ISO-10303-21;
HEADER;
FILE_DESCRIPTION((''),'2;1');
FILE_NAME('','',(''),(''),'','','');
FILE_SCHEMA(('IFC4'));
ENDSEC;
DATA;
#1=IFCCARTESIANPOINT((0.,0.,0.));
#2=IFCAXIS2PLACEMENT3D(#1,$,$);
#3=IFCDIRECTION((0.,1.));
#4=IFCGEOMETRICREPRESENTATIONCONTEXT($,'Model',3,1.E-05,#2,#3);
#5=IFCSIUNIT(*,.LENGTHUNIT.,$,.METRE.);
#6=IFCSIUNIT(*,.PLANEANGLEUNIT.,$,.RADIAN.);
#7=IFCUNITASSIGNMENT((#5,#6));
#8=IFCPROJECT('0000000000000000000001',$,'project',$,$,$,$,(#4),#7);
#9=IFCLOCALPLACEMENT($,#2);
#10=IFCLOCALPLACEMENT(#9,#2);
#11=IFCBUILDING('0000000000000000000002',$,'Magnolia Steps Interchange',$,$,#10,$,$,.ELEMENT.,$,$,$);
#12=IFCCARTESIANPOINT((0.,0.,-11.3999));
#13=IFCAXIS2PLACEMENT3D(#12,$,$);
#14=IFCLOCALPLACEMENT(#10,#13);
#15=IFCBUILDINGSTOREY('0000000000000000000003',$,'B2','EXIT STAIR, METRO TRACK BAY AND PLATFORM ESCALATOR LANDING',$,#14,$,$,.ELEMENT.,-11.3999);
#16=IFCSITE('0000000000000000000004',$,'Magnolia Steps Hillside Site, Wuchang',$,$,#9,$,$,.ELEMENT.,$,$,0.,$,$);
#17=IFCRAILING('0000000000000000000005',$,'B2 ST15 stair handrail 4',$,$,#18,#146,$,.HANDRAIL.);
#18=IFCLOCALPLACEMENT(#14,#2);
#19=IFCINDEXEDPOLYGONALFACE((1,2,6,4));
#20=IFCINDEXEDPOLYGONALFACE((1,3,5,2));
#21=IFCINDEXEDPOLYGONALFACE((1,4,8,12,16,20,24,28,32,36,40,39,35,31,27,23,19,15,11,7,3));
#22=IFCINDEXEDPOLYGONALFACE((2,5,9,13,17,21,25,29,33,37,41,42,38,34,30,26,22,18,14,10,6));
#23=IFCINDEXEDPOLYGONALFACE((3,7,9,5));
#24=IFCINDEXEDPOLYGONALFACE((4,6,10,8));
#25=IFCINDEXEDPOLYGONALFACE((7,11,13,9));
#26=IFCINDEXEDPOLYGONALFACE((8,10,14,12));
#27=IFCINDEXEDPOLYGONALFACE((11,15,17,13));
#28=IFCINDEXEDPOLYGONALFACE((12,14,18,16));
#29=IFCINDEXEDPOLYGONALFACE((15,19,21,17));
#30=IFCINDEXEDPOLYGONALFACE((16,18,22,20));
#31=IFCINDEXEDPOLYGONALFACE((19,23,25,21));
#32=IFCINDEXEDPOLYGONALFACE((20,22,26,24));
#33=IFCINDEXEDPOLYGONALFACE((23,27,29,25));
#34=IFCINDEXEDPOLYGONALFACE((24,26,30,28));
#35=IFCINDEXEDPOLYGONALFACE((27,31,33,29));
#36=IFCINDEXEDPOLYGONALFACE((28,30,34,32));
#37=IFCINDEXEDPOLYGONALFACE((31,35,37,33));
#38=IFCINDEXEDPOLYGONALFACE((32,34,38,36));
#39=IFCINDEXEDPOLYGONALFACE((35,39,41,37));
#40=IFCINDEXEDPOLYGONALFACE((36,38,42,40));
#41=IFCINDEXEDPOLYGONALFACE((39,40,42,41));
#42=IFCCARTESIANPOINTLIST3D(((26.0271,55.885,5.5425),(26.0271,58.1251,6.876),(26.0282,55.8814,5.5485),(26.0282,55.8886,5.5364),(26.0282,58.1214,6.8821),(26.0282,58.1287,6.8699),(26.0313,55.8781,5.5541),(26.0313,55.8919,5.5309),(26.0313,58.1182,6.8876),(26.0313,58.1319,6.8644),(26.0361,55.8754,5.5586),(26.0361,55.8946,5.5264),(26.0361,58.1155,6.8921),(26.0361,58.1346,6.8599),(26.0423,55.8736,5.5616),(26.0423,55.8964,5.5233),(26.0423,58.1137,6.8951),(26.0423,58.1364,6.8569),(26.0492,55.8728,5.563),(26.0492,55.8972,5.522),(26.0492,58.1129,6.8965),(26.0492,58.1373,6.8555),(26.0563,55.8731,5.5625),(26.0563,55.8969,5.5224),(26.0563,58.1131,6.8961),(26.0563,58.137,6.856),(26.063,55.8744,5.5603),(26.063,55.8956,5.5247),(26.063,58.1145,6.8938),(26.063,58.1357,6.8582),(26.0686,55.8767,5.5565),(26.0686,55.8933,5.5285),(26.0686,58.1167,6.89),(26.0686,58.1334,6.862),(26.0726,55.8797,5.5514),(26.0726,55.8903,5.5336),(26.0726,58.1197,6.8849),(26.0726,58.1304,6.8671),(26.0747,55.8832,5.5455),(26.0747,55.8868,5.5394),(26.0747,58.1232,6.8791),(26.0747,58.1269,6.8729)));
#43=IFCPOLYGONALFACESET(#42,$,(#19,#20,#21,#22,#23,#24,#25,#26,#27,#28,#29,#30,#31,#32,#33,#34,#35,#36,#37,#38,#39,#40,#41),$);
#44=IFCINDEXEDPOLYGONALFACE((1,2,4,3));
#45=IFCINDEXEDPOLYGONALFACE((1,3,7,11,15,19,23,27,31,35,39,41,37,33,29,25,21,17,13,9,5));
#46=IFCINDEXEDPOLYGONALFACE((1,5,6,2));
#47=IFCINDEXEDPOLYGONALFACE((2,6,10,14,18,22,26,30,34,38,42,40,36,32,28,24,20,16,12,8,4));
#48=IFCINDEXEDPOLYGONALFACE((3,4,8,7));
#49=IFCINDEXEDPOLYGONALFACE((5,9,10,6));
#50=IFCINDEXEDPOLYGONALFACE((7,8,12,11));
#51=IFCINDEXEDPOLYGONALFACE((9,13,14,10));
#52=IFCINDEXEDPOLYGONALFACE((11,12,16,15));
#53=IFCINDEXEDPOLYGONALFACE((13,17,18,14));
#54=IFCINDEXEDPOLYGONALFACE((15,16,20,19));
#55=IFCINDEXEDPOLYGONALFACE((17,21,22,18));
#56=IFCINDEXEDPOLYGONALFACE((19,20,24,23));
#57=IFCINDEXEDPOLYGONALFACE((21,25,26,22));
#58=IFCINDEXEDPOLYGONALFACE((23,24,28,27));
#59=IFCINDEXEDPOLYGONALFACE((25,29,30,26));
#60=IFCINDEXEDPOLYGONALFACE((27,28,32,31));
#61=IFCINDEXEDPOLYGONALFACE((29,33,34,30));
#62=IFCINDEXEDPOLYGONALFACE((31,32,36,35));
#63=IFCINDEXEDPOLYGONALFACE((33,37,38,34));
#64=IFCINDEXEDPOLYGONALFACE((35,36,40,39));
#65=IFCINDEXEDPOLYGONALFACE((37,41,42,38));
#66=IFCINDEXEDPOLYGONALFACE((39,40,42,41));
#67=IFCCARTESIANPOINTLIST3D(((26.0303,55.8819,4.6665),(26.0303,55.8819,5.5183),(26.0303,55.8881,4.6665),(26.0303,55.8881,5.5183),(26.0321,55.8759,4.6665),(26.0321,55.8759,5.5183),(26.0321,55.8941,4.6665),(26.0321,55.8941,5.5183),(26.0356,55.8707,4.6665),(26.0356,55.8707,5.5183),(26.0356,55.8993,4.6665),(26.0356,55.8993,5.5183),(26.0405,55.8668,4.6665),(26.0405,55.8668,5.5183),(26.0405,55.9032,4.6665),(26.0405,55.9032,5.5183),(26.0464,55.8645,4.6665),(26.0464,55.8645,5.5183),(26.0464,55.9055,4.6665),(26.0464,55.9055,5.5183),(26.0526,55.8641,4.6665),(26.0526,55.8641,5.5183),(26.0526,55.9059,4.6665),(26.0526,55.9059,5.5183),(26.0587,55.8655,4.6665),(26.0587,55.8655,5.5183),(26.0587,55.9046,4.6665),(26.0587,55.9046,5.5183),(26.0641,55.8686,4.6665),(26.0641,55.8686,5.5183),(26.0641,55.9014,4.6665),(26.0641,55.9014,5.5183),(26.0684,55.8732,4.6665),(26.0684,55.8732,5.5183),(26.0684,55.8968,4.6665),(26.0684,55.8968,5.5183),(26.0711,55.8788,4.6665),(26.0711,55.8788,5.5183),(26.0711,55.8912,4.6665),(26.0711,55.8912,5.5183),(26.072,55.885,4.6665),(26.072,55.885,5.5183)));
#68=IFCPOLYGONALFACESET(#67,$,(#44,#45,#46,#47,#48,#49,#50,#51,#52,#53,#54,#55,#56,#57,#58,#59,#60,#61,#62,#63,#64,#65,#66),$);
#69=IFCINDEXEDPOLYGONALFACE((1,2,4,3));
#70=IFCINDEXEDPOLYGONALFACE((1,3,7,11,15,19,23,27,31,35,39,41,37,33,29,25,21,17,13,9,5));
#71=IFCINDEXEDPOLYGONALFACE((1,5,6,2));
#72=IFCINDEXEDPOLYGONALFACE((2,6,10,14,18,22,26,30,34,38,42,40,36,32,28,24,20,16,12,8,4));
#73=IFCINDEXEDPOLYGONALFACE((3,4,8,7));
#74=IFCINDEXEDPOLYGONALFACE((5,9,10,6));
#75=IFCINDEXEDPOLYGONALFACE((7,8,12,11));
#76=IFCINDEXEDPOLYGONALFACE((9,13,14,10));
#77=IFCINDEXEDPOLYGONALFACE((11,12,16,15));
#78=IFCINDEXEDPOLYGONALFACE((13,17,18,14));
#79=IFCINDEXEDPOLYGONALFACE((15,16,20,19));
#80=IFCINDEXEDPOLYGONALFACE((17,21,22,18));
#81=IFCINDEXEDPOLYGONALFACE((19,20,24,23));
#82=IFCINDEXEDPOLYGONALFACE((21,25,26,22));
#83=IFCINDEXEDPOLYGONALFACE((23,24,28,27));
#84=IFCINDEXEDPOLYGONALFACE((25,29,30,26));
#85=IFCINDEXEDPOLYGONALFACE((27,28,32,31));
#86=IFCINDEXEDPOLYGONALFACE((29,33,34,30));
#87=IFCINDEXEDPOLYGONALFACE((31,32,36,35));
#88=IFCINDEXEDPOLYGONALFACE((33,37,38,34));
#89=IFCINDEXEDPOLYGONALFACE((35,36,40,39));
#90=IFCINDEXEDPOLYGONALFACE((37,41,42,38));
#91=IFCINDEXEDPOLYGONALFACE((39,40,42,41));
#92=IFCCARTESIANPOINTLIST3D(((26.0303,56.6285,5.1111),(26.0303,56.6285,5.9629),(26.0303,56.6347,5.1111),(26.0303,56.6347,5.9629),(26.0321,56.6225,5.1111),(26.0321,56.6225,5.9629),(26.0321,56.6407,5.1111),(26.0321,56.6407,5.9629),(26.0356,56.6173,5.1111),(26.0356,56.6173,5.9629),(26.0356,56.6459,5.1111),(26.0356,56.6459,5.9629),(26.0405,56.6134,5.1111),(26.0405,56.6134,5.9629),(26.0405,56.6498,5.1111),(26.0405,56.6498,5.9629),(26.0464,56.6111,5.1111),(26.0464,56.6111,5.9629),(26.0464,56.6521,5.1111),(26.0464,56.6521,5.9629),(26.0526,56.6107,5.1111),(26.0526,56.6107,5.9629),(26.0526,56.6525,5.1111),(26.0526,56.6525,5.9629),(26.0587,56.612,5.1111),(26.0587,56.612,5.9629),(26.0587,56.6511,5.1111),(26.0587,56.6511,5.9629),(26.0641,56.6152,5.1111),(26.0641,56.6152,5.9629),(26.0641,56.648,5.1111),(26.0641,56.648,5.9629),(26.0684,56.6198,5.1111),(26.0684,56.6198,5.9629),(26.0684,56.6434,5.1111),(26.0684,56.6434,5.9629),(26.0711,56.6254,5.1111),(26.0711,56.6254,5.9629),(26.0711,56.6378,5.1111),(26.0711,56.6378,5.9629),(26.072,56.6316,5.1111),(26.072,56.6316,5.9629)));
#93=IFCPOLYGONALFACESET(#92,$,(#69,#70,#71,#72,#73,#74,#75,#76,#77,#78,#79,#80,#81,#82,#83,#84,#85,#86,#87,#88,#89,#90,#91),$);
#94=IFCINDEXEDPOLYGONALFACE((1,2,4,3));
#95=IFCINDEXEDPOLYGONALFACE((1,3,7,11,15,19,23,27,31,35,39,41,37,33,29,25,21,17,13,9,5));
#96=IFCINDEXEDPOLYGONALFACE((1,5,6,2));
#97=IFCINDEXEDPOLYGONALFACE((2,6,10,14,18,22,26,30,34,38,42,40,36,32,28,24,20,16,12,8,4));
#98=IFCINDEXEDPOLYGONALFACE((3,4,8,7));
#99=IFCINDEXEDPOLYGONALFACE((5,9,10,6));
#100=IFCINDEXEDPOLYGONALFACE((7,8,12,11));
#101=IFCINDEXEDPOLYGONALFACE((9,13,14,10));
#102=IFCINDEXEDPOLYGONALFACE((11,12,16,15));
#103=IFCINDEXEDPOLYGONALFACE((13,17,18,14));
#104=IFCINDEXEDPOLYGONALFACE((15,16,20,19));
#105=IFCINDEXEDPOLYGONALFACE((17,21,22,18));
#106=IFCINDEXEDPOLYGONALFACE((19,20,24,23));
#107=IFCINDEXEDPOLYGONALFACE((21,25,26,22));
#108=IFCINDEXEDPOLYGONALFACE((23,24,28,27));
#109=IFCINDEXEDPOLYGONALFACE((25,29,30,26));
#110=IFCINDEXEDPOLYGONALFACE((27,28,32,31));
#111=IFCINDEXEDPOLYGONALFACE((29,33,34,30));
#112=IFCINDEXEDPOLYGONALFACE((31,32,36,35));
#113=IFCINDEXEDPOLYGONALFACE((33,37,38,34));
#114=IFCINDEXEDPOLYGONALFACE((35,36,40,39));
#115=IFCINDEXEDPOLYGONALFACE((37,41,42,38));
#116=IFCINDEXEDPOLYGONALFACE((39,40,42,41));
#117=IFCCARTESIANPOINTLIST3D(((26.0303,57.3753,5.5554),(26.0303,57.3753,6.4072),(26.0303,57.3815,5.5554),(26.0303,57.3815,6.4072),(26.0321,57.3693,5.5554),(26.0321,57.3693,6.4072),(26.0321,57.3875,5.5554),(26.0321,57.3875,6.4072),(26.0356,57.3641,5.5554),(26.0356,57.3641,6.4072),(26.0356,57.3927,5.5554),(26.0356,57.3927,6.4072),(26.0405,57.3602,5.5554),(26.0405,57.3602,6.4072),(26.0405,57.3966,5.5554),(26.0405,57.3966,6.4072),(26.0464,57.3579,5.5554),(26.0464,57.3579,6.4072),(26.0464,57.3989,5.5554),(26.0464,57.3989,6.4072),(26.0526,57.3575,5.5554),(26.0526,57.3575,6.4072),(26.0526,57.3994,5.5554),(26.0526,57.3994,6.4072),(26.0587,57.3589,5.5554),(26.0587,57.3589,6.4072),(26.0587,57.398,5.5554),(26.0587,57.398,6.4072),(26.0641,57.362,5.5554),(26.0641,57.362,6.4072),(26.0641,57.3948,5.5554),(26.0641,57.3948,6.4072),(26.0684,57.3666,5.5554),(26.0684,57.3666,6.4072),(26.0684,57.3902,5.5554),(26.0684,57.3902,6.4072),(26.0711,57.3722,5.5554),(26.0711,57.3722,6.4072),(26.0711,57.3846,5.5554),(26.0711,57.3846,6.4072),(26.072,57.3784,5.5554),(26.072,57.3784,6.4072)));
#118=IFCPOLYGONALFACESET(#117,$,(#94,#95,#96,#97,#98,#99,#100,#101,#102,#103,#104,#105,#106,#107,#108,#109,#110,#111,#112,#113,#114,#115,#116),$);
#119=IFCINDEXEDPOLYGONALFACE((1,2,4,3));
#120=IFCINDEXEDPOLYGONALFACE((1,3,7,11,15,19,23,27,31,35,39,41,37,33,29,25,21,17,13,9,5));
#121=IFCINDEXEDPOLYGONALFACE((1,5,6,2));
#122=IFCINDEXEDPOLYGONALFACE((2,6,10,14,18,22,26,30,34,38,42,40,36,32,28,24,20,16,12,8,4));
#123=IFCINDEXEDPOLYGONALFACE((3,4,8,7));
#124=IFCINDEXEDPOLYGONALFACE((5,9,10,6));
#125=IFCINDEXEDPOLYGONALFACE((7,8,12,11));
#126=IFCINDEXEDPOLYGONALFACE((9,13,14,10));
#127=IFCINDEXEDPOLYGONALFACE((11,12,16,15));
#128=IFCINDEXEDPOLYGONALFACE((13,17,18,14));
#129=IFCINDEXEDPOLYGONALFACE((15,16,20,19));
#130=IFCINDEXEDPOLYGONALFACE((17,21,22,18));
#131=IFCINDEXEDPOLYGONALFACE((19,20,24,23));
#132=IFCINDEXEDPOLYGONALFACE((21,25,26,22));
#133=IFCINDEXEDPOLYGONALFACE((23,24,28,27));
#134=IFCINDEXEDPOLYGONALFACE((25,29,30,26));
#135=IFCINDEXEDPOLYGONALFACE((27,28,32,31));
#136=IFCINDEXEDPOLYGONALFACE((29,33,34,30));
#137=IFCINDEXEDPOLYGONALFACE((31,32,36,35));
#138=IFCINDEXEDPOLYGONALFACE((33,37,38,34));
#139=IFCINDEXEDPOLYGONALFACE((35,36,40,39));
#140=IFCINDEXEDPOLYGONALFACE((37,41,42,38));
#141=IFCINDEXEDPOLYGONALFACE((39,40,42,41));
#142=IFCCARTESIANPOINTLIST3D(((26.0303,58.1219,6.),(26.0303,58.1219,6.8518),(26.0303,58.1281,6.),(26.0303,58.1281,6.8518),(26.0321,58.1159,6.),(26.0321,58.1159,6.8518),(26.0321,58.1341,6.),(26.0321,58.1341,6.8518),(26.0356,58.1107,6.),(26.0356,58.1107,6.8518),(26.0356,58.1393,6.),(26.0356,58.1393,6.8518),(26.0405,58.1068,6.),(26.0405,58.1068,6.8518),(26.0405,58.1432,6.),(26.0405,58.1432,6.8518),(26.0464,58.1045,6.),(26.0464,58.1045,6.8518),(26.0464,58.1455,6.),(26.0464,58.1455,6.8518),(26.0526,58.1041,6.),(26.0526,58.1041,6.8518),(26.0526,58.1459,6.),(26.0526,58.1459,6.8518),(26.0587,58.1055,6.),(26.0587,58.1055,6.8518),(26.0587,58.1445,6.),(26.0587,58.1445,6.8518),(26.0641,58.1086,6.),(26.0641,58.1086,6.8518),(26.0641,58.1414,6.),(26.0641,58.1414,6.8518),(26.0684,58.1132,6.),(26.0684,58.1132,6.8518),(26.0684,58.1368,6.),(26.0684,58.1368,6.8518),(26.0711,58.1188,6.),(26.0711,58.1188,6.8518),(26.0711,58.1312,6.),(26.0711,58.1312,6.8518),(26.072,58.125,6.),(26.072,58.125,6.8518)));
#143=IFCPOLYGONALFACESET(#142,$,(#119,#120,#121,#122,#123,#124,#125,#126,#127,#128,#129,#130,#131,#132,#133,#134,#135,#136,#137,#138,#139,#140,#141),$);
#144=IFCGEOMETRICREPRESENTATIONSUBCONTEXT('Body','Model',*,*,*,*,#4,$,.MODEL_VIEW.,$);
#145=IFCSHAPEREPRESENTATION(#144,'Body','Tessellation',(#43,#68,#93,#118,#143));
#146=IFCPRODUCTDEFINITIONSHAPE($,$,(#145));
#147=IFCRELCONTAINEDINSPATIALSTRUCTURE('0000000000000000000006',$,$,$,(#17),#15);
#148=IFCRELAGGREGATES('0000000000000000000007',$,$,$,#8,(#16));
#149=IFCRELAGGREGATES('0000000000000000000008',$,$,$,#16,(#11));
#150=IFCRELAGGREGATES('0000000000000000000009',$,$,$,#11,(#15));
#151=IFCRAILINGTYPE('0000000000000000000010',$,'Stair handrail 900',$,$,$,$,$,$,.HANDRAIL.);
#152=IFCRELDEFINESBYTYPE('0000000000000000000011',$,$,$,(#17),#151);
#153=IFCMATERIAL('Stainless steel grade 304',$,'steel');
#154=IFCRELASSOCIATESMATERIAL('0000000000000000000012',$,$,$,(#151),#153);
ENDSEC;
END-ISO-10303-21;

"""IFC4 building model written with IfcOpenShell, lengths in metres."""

from ifc_helpers import new_model, si_unit, direction, frame, origin, origin_2d, place, context, subcontext, project, spatial, circle, extrude, material, type_object, element, save


model = new_model("IFC4")

# Units and contexts
model_context = context("Model", 3, precision=1e-05, world=origin(), true_north=direction((0.0, 1.0)))
body_context = subcontext(model_context, "Body", "Model", "MODEL_VIEW")
ifc_project = project(units=[si_unit("LENGTHUNIT", "METRE"), si_unit("PLANEANGLEUNIT", "RADIAN")], contexts=[model_context])

# Site, building, storey
site_placement = place(None, origin())
site = spatial("IfcSite", under=ifc_project, at=site_placement, Name="Magnolia Steps Hillside Site, Wuchang", CompositionType="ELEMENT", RefElevation=0.0)
building_placement = place(site_placement, origin())
building = spatial("IfcBuilding", under=site, at=building_placement, Name="Magnolia Steps Interchange", CompositionType="ELEMENT")
storey_placement = place(building_placement, frame((0.0, 0.0, -11.3999)))
storey = spatial("IfcBuildingStorey", under=building, at=storey_placement, Name="B2", Description="EXIT STAIR, METRO TRACK BAY AND PLATFORM ESCALATOR LANDING", CompositionType="ELEMENT", Elevation=-11.3999)

# Railing
ifc_material_1 = material(Name="Stainless steel grade 304", Category="steel")
railing_type_1 = type_object("IfcRailingType", Name="Stair handrail 900", PredefinedType="HANDRAIL", material=ifc_material_1)
railing_1_placement = place(storey_placement, frame((26.051, 55.885, 4.6665)))
element("IfcRailing", 1, at=railing_1_placement, inside=storey, type_object=railing_type_1, Name="B2 ST15 stair handrail 4", PredefinedType="HANDRAIL", context=body_context, shape_type="SweptSolid", body=[
    extrude(circle(Radius=0.0239, at=origin_2d()), frame((0.0, 0.0, 0.876), z_axis=(0.0, 0.859264, 0.511532), x_axis=(-1.0, 0.0, 0.0)), (0.0, 0.0, 1.0), 2.6069),
    extrude(circle(Radius=0.021, at=origin_2d()), origin(), (0.0, 0.0, 1.0), 0.8518),
    extrude(circle(Radius=0.021, at=origin_2d()), frame((0.0, 0.7466, 0.4446)), (0.0, 0.0, 1.0), 0.8518),
    extrude(circle(Radius=0.021, at=origin_2d()), frame((0.0, 1.4934, 0.8889)), (0.0, 0.0, 1.0), 0.8518),
    extrude(circle(Radius=0.021, at=origin_2d()), frame((0.0, 2.24, 1.3335)), (0.0, 0.0, 1.0), 0.8518),
])

save(model, "model.ifc")
